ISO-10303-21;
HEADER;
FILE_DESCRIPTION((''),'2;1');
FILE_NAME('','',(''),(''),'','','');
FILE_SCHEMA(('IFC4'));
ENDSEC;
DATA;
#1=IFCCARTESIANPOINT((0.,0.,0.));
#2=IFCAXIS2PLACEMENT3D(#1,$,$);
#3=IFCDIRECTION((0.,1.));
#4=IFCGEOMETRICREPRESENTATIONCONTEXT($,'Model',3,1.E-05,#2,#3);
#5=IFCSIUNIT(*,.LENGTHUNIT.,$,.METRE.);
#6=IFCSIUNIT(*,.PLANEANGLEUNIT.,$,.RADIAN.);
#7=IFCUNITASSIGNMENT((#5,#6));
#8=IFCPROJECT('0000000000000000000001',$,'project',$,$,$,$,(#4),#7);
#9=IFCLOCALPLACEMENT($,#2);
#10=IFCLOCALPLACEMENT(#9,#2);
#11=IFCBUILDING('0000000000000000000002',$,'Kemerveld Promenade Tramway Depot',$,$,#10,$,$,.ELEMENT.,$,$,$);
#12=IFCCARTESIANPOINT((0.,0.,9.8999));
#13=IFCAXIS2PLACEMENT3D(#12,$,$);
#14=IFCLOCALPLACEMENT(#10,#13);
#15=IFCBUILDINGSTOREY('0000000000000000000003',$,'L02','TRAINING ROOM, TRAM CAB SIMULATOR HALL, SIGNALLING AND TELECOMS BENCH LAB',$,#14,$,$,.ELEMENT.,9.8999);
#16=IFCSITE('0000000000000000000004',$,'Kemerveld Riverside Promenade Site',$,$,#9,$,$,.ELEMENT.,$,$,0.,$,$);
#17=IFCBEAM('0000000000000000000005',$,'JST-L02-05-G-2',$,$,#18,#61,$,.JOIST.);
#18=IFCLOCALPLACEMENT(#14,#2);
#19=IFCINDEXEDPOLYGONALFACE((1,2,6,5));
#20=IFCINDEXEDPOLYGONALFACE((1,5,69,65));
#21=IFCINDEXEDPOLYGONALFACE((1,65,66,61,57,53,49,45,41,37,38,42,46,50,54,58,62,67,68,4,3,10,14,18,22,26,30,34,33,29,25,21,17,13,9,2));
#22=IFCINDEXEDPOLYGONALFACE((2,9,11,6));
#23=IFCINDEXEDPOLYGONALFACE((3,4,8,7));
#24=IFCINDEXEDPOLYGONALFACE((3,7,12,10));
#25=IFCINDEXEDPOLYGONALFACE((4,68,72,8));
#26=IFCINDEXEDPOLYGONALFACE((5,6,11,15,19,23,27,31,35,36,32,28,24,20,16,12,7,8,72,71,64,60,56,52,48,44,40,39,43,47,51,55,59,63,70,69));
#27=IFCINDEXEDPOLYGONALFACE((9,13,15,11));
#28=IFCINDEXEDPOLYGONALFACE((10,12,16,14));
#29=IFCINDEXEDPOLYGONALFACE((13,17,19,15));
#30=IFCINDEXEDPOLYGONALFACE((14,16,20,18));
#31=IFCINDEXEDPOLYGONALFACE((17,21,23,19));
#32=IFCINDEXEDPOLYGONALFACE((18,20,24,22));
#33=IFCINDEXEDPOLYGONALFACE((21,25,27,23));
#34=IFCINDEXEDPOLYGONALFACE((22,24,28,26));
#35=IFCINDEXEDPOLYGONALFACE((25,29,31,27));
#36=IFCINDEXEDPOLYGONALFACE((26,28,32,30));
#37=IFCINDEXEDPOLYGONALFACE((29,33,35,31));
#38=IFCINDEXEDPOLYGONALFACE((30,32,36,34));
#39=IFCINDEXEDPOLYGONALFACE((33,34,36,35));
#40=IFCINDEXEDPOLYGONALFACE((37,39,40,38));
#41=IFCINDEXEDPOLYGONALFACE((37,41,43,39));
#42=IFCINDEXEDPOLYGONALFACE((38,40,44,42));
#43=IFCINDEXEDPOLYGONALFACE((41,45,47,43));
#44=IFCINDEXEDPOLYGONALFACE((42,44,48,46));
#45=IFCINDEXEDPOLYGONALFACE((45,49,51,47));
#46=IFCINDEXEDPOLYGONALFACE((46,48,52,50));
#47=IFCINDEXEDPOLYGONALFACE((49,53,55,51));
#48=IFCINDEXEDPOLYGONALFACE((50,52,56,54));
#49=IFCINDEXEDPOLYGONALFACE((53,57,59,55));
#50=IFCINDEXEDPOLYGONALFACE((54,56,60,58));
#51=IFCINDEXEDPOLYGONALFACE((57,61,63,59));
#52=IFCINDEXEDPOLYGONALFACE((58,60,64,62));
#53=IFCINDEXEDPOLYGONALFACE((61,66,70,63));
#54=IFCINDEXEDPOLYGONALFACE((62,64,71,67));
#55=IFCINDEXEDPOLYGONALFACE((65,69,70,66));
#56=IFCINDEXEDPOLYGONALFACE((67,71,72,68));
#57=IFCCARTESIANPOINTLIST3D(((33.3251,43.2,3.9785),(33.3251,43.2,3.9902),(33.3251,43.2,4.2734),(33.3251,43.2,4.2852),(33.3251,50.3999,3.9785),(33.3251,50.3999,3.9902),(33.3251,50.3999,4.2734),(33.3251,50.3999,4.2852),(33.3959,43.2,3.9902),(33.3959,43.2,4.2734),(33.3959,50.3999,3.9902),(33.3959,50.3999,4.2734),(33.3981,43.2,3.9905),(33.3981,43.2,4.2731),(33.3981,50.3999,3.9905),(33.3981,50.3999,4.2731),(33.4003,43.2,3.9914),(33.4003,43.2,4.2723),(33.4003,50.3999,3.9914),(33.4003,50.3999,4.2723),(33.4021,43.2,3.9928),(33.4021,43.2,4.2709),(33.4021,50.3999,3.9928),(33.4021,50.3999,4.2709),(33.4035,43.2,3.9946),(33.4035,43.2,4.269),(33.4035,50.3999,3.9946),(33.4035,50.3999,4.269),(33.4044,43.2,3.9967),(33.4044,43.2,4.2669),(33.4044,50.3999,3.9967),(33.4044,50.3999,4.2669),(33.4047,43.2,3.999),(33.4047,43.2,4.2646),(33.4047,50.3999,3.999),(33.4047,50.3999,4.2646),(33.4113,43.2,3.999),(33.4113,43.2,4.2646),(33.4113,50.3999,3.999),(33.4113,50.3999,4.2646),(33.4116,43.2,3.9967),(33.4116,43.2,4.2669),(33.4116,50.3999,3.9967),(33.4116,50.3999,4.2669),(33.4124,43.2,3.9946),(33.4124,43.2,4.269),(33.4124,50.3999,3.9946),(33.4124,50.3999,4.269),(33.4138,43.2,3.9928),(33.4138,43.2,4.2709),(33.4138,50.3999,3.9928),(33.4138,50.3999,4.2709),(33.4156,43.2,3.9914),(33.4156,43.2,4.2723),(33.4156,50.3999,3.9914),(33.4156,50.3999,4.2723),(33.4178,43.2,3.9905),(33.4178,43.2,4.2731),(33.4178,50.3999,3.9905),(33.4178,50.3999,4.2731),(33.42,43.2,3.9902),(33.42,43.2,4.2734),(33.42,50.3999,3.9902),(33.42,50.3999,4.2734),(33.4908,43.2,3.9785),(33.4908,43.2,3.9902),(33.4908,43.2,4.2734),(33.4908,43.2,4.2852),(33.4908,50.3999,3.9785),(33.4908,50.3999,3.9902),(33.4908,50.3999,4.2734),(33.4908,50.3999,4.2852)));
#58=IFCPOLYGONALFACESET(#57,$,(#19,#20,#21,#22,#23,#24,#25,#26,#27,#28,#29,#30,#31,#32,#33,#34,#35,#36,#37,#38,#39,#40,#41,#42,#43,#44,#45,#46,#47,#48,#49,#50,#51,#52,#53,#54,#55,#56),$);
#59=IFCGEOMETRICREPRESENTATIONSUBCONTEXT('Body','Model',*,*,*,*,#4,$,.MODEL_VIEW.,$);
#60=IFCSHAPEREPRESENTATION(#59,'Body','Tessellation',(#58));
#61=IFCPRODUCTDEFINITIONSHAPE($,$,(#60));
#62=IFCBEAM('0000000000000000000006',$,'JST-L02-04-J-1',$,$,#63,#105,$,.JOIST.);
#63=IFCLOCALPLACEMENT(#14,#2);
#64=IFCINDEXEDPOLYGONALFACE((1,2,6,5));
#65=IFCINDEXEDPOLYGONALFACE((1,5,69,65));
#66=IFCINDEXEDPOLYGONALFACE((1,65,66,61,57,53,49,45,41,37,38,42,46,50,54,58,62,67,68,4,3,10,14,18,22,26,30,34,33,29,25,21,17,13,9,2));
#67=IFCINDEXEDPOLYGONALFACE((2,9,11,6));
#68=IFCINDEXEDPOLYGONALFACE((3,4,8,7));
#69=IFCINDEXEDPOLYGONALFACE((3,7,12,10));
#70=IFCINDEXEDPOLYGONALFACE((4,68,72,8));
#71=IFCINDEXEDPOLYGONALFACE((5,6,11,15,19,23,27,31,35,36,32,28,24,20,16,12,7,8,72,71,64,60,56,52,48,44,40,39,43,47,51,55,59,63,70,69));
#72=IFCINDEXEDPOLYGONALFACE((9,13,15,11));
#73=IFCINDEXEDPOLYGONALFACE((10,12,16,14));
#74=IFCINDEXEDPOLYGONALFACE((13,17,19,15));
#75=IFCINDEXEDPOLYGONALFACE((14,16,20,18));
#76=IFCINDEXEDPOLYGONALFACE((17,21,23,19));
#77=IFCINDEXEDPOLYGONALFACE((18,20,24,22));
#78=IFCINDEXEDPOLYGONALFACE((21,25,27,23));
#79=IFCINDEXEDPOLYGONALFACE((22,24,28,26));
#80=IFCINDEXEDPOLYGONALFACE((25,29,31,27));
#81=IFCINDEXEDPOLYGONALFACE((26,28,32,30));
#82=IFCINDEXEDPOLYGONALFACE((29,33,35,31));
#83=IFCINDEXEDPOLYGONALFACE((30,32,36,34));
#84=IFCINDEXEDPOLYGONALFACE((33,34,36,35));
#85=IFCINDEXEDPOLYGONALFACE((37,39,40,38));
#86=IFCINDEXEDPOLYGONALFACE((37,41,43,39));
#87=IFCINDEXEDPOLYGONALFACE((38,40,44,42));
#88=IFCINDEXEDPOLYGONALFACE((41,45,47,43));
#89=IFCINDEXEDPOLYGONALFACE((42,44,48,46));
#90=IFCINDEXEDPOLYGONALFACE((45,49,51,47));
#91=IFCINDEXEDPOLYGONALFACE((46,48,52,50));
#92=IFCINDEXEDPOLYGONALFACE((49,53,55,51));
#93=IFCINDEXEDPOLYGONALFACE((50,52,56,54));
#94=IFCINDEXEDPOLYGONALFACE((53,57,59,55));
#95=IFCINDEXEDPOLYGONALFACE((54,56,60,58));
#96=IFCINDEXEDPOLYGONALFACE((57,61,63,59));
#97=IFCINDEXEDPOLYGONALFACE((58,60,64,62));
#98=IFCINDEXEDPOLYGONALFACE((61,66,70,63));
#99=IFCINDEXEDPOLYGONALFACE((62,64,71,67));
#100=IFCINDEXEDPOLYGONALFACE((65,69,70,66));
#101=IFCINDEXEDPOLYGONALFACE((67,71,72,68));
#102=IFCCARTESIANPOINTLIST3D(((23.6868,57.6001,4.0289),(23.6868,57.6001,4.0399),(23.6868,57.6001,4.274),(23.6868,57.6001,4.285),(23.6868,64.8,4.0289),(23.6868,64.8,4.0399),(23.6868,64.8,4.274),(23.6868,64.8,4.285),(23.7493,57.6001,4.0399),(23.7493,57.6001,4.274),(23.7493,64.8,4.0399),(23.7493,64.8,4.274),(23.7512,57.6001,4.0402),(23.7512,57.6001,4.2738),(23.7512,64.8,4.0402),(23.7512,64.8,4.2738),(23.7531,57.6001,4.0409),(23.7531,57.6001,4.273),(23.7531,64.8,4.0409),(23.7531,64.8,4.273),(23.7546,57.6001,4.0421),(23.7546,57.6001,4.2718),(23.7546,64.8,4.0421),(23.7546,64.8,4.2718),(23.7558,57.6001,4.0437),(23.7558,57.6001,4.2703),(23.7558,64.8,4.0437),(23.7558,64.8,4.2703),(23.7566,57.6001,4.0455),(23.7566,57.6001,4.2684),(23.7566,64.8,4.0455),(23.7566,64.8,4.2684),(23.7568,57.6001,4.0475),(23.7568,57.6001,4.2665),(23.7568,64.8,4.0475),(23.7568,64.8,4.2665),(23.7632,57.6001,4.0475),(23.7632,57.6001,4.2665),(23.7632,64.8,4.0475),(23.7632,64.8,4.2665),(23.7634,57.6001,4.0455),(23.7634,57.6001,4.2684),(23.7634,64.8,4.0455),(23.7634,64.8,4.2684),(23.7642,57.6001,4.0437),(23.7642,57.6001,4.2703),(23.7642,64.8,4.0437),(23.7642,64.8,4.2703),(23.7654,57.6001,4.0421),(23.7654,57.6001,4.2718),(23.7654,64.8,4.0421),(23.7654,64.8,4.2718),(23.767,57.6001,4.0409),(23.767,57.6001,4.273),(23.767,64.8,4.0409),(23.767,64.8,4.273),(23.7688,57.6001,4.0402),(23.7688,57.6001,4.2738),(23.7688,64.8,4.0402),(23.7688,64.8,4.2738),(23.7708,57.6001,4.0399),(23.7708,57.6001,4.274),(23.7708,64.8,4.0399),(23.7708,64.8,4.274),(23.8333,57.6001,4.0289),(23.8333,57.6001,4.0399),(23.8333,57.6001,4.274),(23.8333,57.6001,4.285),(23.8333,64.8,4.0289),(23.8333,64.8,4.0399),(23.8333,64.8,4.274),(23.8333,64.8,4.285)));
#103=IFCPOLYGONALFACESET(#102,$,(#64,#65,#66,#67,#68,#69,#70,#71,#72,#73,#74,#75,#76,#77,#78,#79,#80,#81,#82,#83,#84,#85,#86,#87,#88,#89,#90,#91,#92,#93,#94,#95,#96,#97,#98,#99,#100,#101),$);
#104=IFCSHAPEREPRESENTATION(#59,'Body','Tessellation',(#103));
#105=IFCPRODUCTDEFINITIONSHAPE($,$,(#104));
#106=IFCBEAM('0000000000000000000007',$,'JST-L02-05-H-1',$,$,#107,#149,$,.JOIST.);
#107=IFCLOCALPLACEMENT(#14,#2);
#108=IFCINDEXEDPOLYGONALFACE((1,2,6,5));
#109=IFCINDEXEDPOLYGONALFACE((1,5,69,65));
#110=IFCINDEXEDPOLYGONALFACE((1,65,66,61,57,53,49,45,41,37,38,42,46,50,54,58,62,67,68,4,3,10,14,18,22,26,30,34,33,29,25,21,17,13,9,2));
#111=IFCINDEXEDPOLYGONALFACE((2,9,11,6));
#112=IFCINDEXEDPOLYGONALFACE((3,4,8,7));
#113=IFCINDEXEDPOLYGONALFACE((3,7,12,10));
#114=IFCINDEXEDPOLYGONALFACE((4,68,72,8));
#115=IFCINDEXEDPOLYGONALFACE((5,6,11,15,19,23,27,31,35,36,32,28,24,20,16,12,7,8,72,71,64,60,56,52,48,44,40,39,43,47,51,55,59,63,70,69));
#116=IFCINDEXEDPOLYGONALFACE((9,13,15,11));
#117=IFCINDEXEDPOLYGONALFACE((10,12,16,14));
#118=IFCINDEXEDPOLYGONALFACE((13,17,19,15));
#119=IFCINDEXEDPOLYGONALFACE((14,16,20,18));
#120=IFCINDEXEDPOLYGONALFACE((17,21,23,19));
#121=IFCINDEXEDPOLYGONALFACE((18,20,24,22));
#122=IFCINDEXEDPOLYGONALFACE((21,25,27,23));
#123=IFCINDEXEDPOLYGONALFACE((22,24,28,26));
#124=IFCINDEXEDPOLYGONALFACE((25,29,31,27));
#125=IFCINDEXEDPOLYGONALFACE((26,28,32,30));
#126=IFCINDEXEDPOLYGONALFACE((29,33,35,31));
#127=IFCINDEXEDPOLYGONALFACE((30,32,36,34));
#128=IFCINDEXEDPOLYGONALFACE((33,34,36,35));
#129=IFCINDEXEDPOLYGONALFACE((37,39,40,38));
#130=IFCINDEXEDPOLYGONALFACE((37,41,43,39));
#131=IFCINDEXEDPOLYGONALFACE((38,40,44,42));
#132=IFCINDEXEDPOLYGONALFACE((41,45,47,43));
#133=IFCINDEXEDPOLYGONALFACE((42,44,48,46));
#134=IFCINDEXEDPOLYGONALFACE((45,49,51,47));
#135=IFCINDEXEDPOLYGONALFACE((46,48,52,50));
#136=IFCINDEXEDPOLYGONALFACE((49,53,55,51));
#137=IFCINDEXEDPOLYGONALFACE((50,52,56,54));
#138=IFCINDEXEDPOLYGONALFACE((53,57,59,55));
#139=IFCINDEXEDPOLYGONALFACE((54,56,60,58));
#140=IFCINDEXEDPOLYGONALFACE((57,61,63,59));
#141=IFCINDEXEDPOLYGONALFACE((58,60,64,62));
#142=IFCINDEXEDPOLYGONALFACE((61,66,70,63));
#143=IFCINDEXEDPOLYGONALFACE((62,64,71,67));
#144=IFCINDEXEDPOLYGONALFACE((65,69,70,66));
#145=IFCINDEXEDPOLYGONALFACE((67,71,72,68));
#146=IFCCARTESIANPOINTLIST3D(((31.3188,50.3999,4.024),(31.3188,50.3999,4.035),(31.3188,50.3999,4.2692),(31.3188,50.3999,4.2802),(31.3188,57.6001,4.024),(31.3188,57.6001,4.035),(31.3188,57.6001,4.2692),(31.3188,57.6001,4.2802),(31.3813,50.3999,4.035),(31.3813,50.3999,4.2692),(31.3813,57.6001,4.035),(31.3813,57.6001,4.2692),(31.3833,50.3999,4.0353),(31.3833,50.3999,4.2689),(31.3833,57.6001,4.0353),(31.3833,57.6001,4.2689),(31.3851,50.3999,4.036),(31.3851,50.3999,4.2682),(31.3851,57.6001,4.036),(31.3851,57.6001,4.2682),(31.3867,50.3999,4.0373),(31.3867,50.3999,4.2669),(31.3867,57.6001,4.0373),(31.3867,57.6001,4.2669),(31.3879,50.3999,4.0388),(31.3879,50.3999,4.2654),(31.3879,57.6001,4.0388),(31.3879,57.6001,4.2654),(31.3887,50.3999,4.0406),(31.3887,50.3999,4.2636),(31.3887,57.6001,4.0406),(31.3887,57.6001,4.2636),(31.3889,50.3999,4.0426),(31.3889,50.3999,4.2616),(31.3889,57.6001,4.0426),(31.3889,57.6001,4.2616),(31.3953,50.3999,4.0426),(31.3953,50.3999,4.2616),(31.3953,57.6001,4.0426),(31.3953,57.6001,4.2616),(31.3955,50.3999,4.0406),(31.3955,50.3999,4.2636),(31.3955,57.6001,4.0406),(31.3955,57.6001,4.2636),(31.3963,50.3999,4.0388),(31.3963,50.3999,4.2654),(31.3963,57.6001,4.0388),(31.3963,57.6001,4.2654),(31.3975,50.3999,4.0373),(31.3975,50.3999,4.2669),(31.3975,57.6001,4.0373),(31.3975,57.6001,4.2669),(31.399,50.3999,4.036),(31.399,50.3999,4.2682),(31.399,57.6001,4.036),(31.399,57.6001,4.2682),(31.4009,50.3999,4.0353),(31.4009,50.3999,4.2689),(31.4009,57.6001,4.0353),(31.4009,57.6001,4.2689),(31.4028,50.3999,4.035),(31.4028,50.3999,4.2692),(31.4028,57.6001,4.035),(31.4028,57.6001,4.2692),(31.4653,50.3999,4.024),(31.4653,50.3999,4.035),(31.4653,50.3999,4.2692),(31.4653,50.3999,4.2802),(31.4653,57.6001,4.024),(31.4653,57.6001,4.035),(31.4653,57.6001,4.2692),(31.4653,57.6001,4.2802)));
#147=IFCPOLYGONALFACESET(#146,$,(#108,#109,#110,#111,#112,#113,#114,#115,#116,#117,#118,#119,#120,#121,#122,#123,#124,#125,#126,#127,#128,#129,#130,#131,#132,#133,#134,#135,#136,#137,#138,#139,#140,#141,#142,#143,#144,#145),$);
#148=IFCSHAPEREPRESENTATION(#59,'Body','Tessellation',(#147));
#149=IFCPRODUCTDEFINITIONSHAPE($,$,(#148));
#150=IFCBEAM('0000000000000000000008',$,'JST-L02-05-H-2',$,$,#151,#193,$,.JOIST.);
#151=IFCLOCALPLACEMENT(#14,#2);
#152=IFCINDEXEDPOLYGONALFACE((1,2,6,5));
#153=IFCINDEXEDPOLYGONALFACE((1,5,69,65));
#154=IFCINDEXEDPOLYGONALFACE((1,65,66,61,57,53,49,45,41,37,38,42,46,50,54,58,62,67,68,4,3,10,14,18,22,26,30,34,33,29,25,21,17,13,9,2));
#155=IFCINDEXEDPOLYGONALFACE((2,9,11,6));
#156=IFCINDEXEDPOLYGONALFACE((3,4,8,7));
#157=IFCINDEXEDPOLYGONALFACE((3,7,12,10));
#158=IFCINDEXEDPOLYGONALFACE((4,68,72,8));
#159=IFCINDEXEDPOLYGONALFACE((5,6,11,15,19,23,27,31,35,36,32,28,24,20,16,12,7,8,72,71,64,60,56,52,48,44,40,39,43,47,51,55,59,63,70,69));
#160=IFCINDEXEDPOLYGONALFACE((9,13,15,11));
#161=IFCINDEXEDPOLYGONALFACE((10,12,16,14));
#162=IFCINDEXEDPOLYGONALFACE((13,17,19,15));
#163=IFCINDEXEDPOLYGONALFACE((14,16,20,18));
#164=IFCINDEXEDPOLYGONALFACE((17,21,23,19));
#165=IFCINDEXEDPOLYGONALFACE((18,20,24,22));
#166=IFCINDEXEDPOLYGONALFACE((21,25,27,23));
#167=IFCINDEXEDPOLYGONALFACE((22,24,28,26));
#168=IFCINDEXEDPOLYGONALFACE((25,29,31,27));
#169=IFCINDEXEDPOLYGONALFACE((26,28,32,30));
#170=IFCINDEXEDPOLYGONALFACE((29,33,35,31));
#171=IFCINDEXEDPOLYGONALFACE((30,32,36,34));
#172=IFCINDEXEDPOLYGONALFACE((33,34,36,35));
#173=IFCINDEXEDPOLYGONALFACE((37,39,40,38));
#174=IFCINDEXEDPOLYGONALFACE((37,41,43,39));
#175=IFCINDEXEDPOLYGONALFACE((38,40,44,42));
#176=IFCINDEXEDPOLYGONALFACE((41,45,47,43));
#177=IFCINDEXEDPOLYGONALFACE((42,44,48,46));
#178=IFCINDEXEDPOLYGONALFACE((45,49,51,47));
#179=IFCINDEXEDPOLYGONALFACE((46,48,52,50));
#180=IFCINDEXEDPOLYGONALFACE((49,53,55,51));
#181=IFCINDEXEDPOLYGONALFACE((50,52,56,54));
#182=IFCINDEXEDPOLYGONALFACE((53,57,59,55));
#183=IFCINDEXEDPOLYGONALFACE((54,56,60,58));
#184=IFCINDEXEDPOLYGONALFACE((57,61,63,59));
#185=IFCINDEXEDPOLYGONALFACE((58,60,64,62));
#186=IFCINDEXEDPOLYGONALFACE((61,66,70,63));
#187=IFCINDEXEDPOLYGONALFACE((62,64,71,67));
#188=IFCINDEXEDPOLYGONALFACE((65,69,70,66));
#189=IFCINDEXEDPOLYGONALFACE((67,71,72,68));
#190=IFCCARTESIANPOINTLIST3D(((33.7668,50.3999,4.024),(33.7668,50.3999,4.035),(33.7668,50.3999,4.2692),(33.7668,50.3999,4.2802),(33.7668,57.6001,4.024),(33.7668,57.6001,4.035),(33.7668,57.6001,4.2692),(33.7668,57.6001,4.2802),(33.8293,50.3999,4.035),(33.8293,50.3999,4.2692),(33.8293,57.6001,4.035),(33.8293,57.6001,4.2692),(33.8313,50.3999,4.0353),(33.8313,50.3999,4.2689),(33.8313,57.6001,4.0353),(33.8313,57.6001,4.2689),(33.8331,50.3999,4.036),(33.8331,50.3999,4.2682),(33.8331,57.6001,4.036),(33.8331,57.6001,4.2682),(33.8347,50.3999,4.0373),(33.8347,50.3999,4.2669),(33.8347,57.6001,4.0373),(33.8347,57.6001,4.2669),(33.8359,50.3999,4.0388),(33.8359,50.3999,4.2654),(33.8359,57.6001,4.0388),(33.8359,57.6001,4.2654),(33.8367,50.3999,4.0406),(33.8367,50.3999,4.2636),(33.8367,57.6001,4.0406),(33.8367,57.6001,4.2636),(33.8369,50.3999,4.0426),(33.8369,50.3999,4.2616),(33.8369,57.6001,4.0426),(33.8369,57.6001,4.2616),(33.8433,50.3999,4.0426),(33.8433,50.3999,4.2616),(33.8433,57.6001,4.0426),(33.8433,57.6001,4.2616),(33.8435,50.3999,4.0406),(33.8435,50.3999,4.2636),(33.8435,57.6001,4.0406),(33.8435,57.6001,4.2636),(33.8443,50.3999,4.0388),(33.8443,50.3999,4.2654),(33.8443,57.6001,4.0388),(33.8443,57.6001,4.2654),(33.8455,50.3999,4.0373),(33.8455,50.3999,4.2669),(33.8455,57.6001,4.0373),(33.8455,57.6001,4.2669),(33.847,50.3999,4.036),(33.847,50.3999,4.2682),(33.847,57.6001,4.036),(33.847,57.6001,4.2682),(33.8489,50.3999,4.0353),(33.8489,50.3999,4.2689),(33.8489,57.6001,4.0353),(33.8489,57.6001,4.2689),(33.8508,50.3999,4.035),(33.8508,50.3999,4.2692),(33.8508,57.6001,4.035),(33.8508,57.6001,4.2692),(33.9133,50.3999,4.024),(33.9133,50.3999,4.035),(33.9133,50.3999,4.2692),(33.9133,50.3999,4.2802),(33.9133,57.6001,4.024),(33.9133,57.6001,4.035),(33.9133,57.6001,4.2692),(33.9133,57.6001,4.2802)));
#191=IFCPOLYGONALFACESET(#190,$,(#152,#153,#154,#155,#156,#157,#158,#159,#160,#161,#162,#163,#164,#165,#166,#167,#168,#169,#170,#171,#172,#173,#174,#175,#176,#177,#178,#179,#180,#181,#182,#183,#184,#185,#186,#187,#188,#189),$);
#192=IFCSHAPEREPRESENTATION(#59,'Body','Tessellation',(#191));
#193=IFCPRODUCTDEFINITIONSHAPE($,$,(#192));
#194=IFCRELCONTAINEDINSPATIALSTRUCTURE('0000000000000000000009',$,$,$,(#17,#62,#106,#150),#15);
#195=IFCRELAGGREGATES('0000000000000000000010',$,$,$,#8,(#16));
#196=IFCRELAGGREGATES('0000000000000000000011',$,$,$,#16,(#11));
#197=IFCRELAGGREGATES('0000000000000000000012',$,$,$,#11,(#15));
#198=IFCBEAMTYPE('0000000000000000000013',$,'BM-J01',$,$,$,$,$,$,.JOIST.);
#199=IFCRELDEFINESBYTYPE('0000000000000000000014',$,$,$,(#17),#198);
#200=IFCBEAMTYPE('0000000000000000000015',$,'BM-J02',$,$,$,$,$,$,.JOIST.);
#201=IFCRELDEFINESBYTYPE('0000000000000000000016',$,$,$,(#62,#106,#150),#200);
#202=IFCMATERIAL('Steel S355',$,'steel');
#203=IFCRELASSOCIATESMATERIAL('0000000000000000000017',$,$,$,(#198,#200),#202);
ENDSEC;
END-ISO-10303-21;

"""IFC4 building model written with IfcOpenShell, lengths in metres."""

from ifc_helpers import new_model, si_unit, direction, frame, origin, origin_2d, place, context, subcontext, project, spatial, i_section, extrude, material, material_profile, profile_set, type_object, element, save


model = new_model("IFC4")

# Units and contexts
model_context = context("Model", 3, precision=1e-05, world=origin(), true_north=direction((0.0, 1.0)))
body_context = subcontext(model_context, "Body", "Model", "MODEL_VIEW")
ifc_project = project(units=[si_unit("LENGTHUNIT", "METRE"), si_unit("PLANEANGLEUNIT", "RADIAN")], contexts=[model_context])

# Site, building, storey
site_placement = place(None, origin())
site = spatial("IfcSite", under=ifc_project, at=site_placement, Name="Kemerveld Riverside Promenade Site", CompositionType="ELEMENT", RefElevation=0.0)
building_placement = place(site_placement, origin())
building = spatial("IfcBuilding", under=site, at=building_placement, Name="Kemerveld Promenade Tramway Depot", CompositionType="ELEMENT")
storey_placement = place(building_placement, frame((0.0, 0.0, 9.8999)))
storey = spatial("IfcBuildingStorey", under=building, at=storey_placement, Name="L02", Description="TRAINING ROOM, TRAM CAB SIMULATOR HALL, SIGNALLING AND TELECOMS BENCH LAB", CompositionType="ELEMENT", Elevation=9.8999)

# Shared definitions
ifc_material_1 = material(Name="Steel S355", Category="steel")

# Beams
ifc_material_profile_1 = material_profile(ifc_material_1, i_section(OverallWidth=0.1658, OverallDepth=0.3066, WebThickness=0.0066, FlangeThickness=0.0117, FilletRadius=0.0088, at=origin_2d()), Name="305x165x46 UB")
ifc_profile_set_1 = profile_set([ifc_material_profile_1], Name="Steel S355")
beam_type_1 = type_object("IfcBeamType", Name="BM-J01", PredefinedType="JOIST", material=ifc_profile_set_1)
for number, where, z_axis, x_axis, name in (
    (1, (33.408, 43.2, 4.1318), (0.0, 1.0, 0.0), (-1.0, 0.0, 0.0), "JST-L02-05-G-2"),
):
    element("IfcBeam", number, at=place(storey_placement, frame(where, z_axis=z_axis, x_axis=x_axis)), inside=storey, type_object=beam_type_1, Name=name, PredefinedType="JOIST", context=body_context, shape_type="SweptSolid", body=[
        extrude(i_section(OverallWidth=0.1658, OverallDepth=0.3066, WebThickness=0.0066, FlangeThickness=0.0117, FilletRadius=0.0088, at=origin_2d()), origin(), (0.0, 0.0, 1.0), 7.2),
    ])
ifc_material_profile_2 = material_profile(ifc_material_1, i_section(OverallWidth=0.1465, OverallDepth=0.2561, WebThickness=0.0063, FlangeThickness=0.011, FilletRadius=0.0076, at=origin_2d()), Name="254x146x37 UB")
ifc_profile_set_2 = profile_set([ifc_material_profile_2], Name="Steel S355")
beam_type_2 = type_object("IfcBeamType", Name="BM-J02", PredefinedType="JOIST", material=ifc_profile_set_2)
beam_1_placement = place(storey_placement, frame((23.76, 57.6001, 4.157), z_axis=(0.0, 1.0, 0.0), x_axis=(-1.0, 0.0, 0.0)))
element("IfcBeam", 2, at=beam_1_placement, inside=storey, type_object=beam_type_2, Name="JST-L02-04-J-1", PredefinedType="JOIST", context=body_context, shape_type="SweptSolid", body=[
    extrude(i_section(OverallWidth=0.1465, OverallDepth=0.2561, WebThickness=0.0063, FlangeThickness=0.011, FilletRadius=0.0076, at=origin_2d()), origin(), (0.0, 0.0, 1.0), 7.2),
])
for number, where, z_axis, x_axis, name in (
    (3, (31.3921, 50.3999, 4.1521), (0.0, 1.0, 0.0), (-1.0, 0.0, 0.0), "JST-L02-05-H-1"),
    (4, (33.8401, 50.3999, 4.1521), (0.0, 1.0, 0.0), (-1.0, 0.0, 0.0), "JST-L02-05-H-2"),
):
    element("IfcBeam", number, at=place(storey_placement, frame(where, z_axis=z_axis, x_axis=x_axis)), inside=storey, type_object=beam_type_2, Name=name, PredefinedType="JOIST", context=body_context, shape_type="SweptSolid", body=[
        extrude(i_section(OverallWidth=0.1465, OverallDepth=0.2561, WebThickness=0.0063, FlangeThickness=0.011, FilletRadius=0.0076, at=origin_2d()), origin(), (0.0, 0.0, 1.0), 7.2002),
    ])

save(model, "model.ifc")
